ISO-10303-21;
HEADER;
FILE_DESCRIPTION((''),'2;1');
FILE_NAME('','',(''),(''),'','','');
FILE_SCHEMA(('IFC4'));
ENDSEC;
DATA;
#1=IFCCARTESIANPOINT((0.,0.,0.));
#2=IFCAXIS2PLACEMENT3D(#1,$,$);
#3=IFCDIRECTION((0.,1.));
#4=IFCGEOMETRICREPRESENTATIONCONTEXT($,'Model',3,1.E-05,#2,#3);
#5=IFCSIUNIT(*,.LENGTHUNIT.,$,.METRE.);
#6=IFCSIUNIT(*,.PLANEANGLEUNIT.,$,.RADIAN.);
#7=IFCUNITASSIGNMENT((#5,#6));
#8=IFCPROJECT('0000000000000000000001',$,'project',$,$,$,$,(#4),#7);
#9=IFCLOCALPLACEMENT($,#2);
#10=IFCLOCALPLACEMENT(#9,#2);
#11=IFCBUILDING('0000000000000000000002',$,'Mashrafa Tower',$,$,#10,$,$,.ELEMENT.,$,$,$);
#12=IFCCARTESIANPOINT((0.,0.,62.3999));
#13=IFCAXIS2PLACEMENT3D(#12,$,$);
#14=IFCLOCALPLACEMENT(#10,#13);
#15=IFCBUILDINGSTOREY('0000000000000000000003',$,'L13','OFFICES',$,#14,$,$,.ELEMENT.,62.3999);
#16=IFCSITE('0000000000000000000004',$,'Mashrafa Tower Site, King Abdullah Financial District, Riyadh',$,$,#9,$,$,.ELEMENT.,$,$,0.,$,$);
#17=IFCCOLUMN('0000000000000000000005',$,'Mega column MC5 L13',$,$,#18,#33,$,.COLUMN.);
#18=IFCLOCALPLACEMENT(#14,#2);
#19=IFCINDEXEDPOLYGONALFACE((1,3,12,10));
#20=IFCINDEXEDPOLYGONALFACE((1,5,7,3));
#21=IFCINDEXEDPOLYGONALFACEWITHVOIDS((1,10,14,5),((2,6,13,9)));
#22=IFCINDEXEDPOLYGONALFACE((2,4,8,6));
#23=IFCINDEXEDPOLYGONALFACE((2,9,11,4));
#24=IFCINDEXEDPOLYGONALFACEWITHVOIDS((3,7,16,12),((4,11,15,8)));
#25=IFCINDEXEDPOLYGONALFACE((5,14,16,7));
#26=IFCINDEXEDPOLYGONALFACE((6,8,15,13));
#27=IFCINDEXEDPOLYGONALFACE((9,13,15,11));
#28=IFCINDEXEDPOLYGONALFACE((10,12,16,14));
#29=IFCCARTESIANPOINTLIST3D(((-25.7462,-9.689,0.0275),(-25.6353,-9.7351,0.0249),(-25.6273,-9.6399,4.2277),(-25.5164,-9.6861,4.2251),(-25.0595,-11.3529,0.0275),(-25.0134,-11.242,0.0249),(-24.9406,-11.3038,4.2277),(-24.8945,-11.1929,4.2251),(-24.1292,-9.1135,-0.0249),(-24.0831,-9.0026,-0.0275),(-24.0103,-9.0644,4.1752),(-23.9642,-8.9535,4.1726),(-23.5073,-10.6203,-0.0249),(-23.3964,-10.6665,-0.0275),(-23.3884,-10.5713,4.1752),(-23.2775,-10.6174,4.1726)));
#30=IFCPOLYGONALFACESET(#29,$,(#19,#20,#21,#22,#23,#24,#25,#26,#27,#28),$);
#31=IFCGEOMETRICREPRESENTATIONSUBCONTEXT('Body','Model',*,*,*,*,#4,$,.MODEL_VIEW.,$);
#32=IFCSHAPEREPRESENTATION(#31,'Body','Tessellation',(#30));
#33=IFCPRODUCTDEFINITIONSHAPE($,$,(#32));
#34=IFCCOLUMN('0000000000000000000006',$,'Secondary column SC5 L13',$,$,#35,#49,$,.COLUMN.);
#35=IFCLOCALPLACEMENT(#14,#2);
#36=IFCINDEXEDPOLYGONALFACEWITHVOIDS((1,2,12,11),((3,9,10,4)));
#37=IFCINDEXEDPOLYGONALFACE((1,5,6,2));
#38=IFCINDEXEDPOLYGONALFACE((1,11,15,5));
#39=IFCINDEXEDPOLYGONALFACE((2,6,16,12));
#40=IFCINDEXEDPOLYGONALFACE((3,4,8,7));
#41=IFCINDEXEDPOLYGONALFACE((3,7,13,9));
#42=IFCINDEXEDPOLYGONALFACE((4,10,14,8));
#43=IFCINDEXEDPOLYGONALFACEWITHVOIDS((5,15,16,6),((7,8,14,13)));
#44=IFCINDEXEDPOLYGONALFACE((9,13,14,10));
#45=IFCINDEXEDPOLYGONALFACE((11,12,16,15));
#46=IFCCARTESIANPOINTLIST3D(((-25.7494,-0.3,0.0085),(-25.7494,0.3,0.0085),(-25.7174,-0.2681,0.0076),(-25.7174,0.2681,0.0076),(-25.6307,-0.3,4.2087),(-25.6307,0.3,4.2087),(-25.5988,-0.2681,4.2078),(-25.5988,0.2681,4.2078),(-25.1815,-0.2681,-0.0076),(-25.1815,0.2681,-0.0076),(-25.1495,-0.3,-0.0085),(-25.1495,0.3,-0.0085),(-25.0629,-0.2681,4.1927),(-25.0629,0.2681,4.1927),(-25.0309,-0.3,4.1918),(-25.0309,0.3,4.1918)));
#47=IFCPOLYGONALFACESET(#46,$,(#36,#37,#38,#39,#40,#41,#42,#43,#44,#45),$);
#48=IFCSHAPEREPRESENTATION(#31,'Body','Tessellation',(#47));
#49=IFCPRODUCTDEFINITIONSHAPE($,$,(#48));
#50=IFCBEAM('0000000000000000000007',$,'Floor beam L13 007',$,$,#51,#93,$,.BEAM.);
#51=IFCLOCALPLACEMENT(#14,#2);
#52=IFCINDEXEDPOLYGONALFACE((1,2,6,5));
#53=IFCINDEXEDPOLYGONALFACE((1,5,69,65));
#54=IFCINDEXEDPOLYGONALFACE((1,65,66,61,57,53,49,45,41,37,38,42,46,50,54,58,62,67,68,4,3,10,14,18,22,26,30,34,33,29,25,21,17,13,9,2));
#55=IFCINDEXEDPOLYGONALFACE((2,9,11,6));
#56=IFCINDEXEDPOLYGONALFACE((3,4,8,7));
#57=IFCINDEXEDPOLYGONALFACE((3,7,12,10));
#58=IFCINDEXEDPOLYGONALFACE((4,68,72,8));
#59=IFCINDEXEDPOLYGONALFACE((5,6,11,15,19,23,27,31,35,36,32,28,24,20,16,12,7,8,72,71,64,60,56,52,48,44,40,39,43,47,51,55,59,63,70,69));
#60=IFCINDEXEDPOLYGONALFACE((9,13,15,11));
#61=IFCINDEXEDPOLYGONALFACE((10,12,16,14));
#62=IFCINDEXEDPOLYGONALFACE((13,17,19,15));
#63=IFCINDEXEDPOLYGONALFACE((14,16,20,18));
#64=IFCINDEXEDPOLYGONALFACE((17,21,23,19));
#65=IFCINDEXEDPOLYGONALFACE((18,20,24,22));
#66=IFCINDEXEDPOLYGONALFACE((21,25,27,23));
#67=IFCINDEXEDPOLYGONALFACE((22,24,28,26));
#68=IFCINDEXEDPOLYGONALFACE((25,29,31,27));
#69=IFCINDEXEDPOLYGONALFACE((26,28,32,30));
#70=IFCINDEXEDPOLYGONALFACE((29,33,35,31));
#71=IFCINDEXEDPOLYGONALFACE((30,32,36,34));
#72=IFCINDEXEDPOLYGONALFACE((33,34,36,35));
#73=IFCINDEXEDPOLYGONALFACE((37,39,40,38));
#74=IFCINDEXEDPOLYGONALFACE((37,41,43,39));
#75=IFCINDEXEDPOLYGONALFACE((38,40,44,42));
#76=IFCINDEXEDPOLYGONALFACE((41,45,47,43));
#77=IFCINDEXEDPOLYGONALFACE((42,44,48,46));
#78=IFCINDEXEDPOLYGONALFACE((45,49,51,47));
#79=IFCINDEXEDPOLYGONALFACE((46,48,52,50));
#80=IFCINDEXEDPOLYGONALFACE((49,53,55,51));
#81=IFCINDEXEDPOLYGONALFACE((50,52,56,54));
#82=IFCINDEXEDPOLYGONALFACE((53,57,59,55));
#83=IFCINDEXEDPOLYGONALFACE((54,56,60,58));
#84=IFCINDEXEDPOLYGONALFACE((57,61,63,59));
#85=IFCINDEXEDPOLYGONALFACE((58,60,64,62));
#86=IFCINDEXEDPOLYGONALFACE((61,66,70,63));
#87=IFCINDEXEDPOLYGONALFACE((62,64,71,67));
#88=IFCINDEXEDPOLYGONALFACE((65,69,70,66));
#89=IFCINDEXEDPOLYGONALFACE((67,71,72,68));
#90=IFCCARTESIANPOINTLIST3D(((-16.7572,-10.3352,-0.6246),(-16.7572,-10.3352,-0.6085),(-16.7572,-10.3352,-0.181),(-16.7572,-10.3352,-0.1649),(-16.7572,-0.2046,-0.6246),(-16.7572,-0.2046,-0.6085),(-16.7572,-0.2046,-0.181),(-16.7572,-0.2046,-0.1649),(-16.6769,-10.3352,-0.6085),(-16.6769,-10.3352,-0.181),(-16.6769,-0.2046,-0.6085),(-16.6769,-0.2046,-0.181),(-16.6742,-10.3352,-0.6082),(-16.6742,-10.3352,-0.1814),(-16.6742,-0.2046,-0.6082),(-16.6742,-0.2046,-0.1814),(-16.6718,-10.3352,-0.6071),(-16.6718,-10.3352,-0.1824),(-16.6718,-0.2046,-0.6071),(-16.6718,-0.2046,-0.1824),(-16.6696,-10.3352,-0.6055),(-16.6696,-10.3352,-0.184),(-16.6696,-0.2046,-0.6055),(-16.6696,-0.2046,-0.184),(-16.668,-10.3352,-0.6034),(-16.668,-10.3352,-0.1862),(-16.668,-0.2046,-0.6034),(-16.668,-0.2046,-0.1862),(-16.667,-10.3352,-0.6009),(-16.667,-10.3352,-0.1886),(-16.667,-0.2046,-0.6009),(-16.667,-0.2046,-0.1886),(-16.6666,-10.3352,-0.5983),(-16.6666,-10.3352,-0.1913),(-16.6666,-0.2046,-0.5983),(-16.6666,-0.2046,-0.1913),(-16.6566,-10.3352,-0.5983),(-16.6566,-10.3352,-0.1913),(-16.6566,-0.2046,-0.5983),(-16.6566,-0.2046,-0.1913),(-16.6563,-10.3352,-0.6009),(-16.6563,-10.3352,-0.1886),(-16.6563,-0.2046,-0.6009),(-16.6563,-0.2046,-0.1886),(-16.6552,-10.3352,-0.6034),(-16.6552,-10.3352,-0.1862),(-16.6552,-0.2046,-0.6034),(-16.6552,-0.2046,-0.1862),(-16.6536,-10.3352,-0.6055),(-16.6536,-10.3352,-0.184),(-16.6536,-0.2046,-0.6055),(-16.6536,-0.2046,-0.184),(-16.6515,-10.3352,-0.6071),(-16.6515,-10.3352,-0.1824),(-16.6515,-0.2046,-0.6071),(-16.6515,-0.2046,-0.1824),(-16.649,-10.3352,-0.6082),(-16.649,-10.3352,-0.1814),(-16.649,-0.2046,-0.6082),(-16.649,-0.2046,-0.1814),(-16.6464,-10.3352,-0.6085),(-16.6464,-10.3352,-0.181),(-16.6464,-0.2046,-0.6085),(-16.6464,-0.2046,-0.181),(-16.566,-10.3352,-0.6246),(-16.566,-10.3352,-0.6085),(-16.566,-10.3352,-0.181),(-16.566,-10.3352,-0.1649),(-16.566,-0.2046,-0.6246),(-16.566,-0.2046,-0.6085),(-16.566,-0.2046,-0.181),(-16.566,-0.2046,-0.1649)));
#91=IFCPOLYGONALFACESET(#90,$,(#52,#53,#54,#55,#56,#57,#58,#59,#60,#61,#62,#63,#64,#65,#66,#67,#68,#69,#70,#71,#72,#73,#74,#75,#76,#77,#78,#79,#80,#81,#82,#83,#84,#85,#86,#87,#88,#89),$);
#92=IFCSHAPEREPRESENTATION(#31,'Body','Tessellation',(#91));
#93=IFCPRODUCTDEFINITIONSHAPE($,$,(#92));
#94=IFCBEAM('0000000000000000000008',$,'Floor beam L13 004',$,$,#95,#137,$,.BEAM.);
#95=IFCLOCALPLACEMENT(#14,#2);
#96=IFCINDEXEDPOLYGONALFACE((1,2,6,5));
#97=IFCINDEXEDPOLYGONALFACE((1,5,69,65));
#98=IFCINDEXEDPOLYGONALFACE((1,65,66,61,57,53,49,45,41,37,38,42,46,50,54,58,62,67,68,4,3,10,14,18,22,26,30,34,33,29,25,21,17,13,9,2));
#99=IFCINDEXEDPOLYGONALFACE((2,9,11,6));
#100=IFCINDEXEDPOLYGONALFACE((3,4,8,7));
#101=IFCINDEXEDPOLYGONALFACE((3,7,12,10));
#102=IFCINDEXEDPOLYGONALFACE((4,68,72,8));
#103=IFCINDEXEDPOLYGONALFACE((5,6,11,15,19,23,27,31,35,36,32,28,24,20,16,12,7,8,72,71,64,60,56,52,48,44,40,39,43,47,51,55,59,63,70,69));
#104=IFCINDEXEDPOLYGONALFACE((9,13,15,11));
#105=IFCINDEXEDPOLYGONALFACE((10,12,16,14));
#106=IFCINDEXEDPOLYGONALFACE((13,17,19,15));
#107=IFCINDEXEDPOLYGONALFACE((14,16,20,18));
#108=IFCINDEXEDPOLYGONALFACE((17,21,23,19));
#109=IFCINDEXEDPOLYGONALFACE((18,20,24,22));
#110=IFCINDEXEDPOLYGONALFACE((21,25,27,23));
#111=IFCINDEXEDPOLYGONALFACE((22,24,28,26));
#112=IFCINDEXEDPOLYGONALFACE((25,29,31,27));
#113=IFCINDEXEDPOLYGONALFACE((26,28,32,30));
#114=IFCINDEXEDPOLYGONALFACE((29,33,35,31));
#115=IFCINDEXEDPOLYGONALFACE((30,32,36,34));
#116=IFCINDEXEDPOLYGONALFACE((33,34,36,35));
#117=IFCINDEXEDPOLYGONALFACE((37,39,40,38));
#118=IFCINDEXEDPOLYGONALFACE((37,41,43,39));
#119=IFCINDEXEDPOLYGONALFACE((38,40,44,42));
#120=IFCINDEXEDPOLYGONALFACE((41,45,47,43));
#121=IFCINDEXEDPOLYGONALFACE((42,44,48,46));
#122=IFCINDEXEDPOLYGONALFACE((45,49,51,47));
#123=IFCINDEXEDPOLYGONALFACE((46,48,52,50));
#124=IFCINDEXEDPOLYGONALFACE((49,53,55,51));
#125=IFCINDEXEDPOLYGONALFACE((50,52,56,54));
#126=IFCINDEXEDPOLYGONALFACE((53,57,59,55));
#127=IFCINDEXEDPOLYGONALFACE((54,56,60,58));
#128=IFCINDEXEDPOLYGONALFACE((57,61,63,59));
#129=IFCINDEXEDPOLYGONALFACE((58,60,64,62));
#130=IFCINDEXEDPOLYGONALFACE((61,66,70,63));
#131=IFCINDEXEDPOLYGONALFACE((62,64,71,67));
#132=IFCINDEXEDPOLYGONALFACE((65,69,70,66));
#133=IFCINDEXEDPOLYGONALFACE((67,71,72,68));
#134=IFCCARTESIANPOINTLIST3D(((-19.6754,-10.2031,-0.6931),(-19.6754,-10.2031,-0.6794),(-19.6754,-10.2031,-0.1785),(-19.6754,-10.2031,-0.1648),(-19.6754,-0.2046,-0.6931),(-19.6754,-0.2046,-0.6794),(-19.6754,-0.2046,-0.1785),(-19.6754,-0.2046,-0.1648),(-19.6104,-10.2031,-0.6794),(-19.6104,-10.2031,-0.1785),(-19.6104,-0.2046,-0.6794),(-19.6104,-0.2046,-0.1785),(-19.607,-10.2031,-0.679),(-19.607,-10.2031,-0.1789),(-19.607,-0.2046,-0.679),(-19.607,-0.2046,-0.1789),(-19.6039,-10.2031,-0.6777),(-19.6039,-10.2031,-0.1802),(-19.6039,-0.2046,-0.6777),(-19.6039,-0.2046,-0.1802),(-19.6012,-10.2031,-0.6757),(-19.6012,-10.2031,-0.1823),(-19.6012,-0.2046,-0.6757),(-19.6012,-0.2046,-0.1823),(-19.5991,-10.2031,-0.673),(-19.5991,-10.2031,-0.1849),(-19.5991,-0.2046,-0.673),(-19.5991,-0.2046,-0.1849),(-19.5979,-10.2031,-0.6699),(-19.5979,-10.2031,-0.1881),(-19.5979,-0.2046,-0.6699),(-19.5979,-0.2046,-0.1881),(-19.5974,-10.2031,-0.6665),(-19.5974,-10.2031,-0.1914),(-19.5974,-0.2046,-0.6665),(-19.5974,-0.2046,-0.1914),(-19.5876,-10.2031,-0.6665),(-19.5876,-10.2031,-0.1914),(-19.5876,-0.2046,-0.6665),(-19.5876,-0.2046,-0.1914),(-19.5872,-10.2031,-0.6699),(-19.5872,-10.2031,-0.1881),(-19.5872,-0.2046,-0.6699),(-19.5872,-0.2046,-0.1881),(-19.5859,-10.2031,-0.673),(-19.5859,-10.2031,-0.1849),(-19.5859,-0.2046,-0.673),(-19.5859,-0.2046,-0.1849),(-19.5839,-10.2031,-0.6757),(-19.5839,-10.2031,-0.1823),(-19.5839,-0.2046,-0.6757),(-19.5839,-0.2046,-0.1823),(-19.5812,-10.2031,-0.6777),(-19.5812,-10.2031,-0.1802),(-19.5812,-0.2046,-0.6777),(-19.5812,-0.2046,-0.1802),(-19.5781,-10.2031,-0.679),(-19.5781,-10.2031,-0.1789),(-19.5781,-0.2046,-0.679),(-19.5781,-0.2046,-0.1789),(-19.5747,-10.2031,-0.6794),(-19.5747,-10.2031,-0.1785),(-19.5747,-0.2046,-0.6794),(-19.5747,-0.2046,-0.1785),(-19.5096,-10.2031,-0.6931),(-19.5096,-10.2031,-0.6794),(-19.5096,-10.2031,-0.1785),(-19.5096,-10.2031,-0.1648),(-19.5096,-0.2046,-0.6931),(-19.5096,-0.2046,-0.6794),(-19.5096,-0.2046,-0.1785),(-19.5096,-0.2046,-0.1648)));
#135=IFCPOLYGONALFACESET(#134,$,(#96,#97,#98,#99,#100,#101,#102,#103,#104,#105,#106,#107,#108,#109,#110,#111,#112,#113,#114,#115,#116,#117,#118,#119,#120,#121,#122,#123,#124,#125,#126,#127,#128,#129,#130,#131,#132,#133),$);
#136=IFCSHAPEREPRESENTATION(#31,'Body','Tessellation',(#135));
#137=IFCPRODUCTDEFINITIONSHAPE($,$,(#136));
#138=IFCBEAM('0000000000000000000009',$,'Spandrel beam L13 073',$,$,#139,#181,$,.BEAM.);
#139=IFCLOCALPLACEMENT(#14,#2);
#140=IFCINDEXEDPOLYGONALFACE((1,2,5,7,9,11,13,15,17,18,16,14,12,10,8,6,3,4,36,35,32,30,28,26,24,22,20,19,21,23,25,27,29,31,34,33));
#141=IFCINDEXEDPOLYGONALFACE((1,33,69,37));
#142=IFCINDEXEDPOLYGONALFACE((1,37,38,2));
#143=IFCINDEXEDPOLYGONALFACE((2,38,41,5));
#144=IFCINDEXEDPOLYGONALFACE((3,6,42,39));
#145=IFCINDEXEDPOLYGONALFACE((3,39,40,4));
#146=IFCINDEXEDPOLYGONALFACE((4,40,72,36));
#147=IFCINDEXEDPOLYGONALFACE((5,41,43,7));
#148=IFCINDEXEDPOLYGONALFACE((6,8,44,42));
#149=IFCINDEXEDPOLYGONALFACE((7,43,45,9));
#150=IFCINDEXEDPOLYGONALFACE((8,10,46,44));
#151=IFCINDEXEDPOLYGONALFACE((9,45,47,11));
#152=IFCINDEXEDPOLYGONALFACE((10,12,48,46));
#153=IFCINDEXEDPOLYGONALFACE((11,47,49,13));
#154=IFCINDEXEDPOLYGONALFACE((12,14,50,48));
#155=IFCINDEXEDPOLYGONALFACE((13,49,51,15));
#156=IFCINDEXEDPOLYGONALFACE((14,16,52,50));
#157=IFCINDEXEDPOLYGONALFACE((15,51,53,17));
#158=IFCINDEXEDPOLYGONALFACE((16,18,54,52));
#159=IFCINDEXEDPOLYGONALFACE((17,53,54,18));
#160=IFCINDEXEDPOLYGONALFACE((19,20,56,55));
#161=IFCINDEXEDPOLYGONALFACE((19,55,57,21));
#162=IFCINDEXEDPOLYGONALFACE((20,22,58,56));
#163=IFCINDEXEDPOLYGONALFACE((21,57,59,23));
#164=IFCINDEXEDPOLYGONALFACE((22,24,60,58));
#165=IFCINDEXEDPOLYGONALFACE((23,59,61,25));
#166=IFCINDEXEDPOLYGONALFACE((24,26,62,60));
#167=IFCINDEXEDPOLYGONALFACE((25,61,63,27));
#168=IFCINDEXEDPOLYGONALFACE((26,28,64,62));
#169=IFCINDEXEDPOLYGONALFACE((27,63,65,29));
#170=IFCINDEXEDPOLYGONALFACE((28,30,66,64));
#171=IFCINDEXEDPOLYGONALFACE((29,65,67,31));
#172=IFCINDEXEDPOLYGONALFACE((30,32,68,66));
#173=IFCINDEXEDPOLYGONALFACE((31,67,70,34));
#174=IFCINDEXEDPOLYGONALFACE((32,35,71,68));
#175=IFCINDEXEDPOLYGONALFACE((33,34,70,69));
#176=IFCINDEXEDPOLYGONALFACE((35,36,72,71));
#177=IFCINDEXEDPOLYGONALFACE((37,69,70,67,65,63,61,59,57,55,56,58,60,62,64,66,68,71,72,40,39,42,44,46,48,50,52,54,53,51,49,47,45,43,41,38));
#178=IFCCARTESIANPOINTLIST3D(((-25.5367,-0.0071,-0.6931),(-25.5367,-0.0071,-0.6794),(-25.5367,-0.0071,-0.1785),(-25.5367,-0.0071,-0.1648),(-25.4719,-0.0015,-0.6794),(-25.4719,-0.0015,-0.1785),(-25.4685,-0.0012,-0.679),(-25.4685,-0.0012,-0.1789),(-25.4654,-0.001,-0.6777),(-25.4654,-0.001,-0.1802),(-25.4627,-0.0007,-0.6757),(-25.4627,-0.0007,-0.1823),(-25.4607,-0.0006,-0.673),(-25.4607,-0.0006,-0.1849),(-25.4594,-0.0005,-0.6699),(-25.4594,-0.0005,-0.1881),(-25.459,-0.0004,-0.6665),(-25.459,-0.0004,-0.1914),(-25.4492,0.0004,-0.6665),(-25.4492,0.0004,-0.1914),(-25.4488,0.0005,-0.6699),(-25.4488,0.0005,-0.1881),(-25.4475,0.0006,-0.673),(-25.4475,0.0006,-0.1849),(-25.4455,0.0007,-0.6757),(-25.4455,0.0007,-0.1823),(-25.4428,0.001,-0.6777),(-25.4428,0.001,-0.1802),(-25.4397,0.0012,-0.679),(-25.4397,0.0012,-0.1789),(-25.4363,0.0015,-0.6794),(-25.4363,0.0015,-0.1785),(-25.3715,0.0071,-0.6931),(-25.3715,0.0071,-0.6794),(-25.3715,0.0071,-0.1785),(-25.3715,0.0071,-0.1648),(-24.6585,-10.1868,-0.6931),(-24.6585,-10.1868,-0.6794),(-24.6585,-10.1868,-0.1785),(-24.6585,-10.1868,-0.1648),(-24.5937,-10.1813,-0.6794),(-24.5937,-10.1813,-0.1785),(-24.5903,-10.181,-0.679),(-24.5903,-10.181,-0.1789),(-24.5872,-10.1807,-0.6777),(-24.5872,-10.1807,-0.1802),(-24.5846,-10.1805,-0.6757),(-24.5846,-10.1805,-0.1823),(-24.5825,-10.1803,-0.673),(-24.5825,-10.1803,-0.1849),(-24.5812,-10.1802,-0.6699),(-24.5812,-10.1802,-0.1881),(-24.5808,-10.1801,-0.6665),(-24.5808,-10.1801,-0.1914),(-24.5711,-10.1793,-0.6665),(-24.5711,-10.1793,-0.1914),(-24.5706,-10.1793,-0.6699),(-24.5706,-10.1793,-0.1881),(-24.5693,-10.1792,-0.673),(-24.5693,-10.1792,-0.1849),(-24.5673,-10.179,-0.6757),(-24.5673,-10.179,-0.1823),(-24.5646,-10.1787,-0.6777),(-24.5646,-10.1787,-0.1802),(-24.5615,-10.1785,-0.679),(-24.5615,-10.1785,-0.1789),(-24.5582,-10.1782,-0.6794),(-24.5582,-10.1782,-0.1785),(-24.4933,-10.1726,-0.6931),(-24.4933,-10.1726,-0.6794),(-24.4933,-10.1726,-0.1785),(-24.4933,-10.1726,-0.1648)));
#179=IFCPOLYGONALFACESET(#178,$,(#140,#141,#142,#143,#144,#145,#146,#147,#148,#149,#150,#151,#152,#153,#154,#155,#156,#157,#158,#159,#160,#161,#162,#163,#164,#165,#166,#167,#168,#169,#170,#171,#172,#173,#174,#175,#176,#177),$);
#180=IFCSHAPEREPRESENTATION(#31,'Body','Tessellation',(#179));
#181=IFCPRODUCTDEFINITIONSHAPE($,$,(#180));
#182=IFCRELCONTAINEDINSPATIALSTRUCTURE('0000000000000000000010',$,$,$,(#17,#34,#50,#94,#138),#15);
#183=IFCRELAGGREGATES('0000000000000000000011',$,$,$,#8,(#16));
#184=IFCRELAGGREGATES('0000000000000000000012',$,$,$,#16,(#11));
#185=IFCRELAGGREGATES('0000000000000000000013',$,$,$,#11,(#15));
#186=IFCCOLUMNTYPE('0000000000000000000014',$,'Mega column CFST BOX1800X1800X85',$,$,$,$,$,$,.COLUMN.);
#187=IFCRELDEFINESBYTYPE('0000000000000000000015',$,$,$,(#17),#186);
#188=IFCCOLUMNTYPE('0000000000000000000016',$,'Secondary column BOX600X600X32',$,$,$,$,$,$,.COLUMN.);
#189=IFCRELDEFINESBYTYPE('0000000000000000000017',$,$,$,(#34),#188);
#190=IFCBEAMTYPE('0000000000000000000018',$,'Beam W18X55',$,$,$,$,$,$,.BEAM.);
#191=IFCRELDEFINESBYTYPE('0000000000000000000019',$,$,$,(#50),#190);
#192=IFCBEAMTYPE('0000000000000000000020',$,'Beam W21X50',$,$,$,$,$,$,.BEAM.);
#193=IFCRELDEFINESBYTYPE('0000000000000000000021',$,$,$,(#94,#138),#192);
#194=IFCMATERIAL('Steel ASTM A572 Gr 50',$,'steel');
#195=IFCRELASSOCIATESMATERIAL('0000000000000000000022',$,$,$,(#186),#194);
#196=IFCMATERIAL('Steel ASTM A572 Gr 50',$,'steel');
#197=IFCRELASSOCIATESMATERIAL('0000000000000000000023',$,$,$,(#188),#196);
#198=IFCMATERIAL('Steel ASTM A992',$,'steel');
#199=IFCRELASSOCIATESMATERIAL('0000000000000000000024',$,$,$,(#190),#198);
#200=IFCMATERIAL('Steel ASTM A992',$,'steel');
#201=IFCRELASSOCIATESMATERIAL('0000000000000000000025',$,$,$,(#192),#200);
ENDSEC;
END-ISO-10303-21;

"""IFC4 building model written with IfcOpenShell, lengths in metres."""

from ifc_helpers import new_model, si_unit, direction, frame, origin, origin_2d, place, context, subcontext, project, spatial, hollow_rectangle, i_section, extrude, material, material_profile, profile_set, type_object, element, save


model = new_model("IFC4")

# Units and contexts
model_context = context("Model", 3, precision=1e-05, world=origin(), true_north=direction((0.0, 1.0)))
body_context = subcontext(model_context, "Body", "Model", "MODEL_VIEW")
ifc_project = project(units=[si_unit("LENGTHUNIT", "METRE"), si_unit("PLANEANGLEUNIT", "RADIAN")], contexts=[model_context])

# Site, building, storey
site_placement = place(None, origin())
site = spatial("IfcSite", under=ifc_project, at=site_placement, Name="Mashrafa Tower Site, King Abdullah Financial District, Riyadh", CompositionType="ELEMENT", RefElevation=0.0)
building_placement = place(site_placement, origin())
building = spatial("IfcBuilding", under=site, at=building_placement, Name="Mashrafa Tower", CompositionType="ELEMENT")
storey_placement = place(building_placement, frame((0.0, 0.0, 62.3999)))
storey = spatial("IfcBuildingStorey", under=building, at=storey_placement, Name="L13", Description="OFFICES", CompositionType="ELEMENT", Elevation=62.3999)

# Columns
ifc_material_1 = material(Name="Steel ASTM A572 Gr 50", Category="steel")
ifc_material_profile_1 = material_profile(ifc_material_1, hollow_rectangle(XDim=1.8, YDim=1.8, WallThickness=0.085, at=origin_2d()), Name="BOX1800X1800X85")
ifc_profile_set_1 = profile_set([ifc_material_profile_1], Name="Steel ASTM A572 Gr 50")
column_type_1 = type_object("IfcColumnType", Name="Mega column CFST BOX1800X1800X85", PredefinedType="COLUMN", material=ifc_profile_set_1)
column_1_placement = place(storey_placement, frame((-24.5713, -10.1777, 0.0), z_axis=(0.028294, 0.011678, 0.999531), x_axis=(-0.381513, 0.924363, 0.0)))
element("IfcColumn", 1, at=column_1_placement, inside=storey, type_object=column_type_1, Name="Mega column MC5 L13", PredefinedType="COLUMN", context=body_context, shape_type="SweptSolid", body=[
    extrude(hollow_rectangle(XDim=1.8, YDim=1.8, WallThickness=0.085, at=origin_2d()), origin(), (0.0, 0.0, 1.0), 4.2021),
])
ifc_material_2 = material(Name="Steel ASTM A572 Gr 50", Category="steel")
ifc_material_profile_2 = material_profile(ifc_material_2, hollow_rectangle(XDim=0.6001, YDim=0.6001, WallThickness=0.032, at=origin_2d()), Name="BOX600X600X32")
ifc_profile_set_2 = profile_set([ifc_material_profile_2], Name="Steel ASTM A572 Gr 50")
column_type_2 = type_object("IfcColumnType", Name="Secondary column BOX600X600X32", PredefinedType="COLUMN", material=ifc_profile_set_2)
column_2_placement = place(storey_placement, frame((-25.4495, 0.0, 0.0), z_axis=(0.028238, 0.0, 0.999601), x_axis=(0.0, 1.0, 0.0)))
element("IfcColumn", 2, at=column_2_placement, inside=storey, type_object=column_type_2, Name="Secondary column SC5 L13", PredefinedType="COLUMN", context=body_context, shape_type="SweptSolid", body=[
    extrude(hollow_rectangle(XDim=0.6001, YDim=0.6001, WallThickness=0.032, at=origin_2d()), origin(), (0.0, 0.0, 1.0), 4.2019),
])

# Beams
ifc_material_3 = material(Name="Steel ASTM A992", Category="steel")
ifc_material_profile_3 = material_profile(ifc_material_3, i_section(OverallWidth=0.1912, OverallDepth=0.4597, WebThickness=0.01, FlangeThickness=0.0161, FilletRadius=0.0103, at=origin_2d()), Name="W18X55")
ifc_profile_set_3 = profile_set([ifc_material_profile_3], Name="Steel ASTM A992")
beam_type_1 = type_object("IfcBeamType", Name="Beam W18X55", PredefinedType="BEAM", material=ifc_profile_set_3)
beam_1_placement = place(storey_placement, frame((-16.6616, -10.3352, -0.3948), z_axis=(0.0, 1.0, 0.0), x_axis=(-1.0, 0.0, 0.0)))
element("IfcBeam", 3, at=beam_1_placement, inside=storey, type_object=beam_type_1, Name="Floor beam L13 007", PredefinedType="BEAM", context=body_context, shape_type="SweptSolid", body=[
    extrude(i_section(OverallWidth=0.1912, OverallDepth=0.4597, WebThickness=0.01, FlangeThickness=0.0161, FilletRadius=0.0103, at=origin_2d()), origin(), (0.0, 0.0, 1.0), 10.1306),
])
ifc_material_4 = material(Name="Steel ASTM A992", Category="steel")
ifc_material_profile_4 = material_profile(ifc_material_4, i_section(OverallWidth=0.1658, OverallDepth=0.5283, WebThickness=0.0098, FlangeThickness=0.0137, FilletRadius=0.0129, at=origin_2d()), Name="W21X50")
ifc_profile_set_4 = profile_set([ifc_material_profile_4], Name="Steel ASTM A992")
beam_type_2 = type_object("IfcBeamType", Name="Beam W21X50", PredefinedType="BEAM", material=ifc_profile_set_4)
beam_2_placement = place(storey_placement, frame((-19.5925, -10.2031, -0.429), z_axis=(0.0, 1.0, 0.0), x_axis=(-1.0, 0.0, 0.0)))
element("IfcBeam", 4, at=beam_2_placement, inside=storey, type_object=beam_type_2, Name="Floor beam L13 004", PredefinedType="BEAM", context=body_context, shape_type="SweptSolid", body=[
    extrude(i_section(OverallWidth=0.1658, OverallDepth=0.5283, WebThickness=0.0098, FlangeThickness=0.0137, FilletRadius=0.0129, at=origin_2d()), origin(), (0.0, 0.0, 1.0), 9.9985),
])
for number, where, z_axis, x_axis, name in (
    (5, (-25.4541, 0.0, -0.429), (0.085948, -0.9963, 0.0), (0.9963, 0.085948, 0.0), "Spandrel beam L13 073"),
):
    element("IfcBeam", number, at=place(storey_placement, frame(where, z_axis=z_axis, x_axis=x_axis)), inside=storey, type_object=beam_type_2, Name=name, PredefinedType="BEAM", context=body_context, shape_type="SweptSolid", body=[
        extrude(i_section(OverallWidth=0.1658, OverallDepth=0.5283, WebThickness=0.0098, FlangeThickness=0.0137, FilletRadius=0.0129, at=origin_2d()), origin(), (0.0, 0.0, 1.0), 10.2175),
    ])

save(model, "model.ifc")
